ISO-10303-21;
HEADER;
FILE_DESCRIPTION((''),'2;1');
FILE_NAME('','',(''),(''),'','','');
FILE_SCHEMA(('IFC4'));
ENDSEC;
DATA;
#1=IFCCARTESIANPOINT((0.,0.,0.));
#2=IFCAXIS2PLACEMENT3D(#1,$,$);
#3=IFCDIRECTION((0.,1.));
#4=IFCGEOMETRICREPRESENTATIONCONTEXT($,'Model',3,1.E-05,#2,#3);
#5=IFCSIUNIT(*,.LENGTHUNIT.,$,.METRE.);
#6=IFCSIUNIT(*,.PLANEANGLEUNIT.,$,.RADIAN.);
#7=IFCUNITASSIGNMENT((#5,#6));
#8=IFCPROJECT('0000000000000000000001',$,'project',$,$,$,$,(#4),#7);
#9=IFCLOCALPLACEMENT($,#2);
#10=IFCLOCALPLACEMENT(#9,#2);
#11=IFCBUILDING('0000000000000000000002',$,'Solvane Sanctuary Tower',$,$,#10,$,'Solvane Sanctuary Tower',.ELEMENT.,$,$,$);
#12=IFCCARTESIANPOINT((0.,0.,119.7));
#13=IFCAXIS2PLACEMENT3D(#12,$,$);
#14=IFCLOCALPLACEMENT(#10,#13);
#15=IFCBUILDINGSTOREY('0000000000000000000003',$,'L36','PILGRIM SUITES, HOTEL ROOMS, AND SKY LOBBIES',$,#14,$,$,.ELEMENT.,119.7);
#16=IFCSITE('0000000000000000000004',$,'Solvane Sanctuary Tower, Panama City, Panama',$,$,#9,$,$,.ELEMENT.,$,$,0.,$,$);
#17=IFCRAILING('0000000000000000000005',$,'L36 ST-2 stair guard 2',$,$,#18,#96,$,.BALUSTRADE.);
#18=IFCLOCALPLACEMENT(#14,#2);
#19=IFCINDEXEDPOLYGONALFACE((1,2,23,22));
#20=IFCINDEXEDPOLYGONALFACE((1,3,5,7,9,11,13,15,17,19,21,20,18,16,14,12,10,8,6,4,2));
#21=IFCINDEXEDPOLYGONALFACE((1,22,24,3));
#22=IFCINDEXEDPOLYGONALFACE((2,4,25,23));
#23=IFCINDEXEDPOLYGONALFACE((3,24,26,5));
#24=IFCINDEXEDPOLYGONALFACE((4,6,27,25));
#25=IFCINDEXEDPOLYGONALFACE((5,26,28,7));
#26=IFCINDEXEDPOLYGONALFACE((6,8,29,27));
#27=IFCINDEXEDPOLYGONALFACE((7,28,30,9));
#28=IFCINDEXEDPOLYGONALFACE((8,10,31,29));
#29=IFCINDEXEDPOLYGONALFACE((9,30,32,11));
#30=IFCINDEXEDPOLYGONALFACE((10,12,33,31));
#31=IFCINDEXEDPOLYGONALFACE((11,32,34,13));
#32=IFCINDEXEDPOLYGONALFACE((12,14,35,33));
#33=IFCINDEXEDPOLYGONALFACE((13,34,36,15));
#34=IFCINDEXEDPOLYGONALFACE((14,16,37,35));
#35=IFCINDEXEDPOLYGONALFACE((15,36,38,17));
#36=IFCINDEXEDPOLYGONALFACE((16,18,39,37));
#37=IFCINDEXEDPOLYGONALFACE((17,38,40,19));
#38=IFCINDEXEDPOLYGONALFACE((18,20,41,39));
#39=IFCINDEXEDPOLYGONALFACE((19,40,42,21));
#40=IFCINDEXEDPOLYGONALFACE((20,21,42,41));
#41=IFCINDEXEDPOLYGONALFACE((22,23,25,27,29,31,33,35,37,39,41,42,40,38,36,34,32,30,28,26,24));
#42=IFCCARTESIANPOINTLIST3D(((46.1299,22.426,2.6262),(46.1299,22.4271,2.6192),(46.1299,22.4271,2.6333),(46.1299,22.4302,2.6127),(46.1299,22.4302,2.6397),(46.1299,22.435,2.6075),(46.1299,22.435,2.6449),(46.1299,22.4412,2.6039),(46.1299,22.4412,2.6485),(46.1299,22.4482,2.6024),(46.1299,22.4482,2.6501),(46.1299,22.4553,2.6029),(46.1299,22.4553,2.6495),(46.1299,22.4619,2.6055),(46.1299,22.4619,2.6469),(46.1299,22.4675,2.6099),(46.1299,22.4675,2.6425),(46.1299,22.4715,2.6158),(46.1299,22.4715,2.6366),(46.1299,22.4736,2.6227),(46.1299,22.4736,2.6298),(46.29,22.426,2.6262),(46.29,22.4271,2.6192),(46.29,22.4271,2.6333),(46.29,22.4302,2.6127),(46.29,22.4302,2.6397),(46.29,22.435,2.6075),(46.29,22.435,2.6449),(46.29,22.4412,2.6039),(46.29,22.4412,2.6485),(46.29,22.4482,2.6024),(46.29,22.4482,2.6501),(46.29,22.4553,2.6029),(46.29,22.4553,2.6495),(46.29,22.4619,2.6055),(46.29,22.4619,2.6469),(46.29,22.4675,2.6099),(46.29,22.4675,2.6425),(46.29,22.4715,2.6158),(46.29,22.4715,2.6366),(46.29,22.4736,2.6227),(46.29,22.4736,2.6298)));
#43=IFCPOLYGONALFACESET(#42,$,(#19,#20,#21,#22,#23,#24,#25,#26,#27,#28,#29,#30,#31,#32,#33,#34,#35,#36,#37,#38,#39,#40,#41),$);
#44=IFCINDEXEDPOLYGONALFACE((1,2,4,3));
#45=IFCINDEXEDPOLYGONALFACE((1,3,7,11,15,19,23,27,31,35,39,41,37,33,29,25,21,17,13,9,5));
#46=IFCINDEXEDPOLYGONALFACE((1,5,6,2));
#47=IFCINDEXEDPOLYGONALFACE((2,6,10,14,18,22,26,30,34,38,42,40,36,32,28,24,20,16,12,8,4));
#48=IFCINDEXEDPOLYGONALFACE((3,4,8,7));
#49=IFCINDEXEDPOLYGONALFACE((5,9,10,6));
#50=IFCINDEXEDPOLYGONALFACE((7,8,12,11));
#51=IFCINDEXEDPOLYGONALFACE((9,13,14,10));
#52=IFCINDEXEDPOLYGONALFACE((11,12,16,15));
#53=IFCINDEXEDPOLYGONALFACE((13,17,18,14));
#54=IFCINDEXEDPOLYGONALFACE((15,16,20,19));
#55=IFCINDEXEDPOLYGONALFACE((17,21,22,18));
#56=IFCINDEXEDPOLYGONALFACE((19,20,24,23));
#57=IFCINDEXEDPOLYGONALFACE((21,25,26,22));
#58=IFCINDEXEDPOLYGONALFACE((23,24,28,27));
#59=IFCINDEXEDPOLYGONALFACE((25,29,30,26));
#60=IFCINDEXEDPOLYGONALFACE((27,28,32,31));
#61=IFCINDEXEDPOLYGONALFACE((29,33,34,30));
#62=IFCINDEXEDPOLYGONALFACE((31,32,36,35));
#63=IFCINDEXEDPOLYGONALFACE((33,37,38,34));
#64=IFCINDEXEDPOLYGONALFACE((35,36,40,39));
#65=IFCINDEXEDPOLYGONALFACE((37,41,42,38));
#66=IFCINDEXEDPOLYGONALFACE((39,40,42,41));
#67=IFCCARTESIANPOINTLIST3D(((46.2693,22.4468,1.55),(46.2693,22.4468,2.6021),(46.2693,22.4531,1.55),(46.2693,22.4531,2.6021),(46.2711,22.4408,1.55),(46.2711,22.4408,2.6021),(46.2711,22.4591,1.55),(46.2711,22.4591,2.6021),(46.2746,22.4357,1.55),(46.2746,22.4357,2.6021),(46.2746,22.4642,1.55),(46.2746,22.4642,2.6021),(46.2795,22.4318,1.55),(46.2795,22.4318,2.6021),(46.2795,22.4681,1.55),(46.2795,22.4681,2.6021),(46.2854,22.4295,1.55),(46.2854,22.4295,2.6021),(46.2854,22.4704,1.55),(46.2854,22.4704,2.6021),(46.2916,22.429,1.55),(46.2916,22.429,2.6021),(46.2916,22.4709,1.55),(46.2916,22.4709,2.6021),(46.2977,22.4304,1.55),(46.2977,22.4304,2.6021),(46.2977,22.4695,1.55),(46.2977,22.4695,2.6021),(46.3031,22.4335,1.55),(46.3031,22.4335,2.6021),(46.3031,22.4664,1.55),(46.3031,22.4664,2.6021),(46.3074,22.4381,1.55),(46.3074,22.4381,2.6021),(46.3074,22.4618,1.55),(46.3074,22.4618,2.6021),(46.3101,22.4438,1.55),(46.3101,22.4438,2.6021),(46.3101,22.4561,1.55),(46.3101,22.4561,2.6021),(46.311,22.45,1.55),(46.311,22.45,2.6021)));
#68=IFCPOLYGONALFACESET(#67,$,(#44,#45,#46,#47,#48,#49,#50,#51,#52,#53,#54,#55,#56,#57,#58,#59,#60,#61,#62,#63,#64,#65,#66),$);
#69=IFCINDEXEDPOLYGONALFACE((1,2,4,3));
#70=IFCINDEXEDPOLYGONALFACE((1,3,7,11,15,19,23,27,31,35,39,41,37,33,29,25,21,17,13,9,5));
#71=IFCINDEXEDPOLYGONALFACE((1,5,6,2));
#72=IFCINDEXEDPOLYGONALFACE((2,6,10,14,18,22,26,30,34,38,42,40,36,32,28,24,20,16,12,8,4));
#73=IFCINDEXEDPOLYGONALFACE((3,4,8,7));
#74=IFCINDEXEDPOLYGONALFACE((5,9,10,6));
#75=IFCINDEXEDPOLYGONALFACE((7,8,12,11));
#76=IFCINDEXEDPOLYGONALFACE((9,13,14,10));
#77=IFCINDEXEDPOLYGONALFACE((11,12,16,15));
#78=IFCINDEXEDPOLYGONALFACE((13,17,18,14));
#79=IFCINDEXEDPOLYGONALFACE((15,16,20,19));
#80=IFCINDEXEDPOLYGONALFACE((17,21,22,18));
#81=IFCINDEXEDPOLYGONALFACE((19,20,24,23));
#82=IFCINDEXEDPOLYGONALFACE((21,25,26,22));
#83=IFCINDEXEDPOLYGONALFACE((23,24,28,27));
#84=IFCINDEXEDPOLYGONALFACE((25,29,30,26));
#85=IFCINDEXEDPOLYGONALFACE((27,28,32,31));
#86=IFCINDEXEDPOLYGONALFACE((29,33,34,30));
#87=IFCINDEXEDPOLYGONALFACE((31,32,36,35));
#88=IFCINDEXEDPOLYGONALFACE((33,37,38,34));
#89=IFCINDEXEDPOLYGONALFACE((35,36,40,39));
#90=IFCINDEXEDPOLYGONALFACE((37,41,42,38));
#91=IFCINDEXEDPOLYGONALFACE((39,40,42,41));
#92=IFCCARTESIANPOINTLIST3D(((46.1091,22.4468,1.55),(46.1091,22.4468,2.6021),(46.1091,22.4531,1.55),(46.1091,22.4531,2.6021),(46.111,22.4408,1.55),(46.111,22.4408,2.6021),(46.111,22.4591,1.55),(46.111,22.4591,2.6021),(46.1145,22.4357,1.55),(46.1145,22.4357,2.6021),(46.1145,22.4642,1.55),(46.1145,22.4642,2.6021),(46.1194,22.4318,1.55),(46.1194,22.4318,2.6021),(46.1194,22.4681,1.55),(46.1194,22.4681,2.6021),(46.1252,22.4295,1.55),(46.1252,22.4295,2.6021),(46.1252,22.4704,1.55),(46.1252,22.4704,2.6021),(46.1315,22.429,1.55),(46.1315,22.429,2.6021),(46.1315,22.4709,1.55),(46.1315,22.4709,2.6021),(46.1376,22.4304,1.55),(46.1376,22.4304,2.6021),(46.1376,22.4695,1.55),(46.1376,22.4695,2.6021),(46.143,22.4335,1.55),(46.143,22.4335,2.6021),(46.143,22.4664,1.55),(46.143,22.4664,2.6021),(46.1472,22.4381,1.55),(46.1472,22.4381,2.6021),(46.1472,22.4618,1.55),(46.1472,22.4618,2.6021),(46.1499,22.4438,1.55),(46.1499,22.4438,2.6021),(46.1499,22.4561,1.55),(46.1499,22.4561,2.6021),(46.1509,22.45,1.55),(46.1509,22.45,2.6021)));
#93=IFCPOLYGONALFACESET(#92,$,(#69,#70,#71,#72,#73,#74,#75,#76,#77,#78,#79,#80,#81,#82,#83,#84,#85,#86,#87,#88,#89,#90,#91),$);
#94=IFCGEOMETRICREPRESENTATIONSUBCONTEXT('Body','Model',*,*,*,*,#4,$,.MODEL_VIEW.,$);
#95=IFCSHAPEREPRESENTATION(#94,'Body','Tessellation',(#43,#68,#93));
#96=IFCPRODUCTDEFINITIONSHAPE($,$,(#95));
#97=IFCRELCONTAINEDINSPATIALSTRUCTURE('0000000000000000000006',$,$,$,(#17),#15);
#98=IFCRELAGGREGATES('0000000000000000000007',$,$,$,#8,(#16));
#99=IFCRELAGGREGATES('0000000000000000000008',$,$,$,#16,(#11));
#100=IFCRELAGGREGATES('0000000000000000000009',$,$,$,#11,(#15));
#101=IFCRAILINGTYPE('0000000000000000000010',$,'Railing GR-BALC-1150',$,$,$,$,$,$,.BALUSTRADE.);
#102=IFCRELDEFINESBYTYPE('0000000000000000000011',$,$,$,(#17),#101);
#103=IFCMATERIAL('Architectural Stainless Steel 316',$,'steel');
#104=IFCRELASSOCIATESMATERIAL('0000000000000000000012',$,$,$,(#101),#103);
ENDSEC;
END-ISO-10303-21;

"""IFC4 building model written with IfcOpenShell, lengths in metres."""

from ifc_helpers import new_model, si_unit, direction, frame, origin, origin_2d, place, context, subcontext, project, spatial, circle, extrude, material, type_object, element, save


model = new_model("IFC4")

# Units and contexts
model_context = context("Model", 3, precision=1e-05, world=origin(), true_north=direction((0.0, 1.0)))
body_context = subcontext(model_context, "Body", "Model", "MODEL_VIEW")
ifc_project = project(units=[si_unit("LENGTHUNIT", "METRE"), si_unit("PLANEANGLEUNIT", "RADIAN")], contexts=[model_context])

# Site, building, storey
site_placement = place(None, origin())
site = spatial("IfcSite", under=ifc_project, at=site_placement, Name="Solvane Sanctuary Tower, Panama City, Panama", CompositionType="ELEMENT", RefElevation=0.0)
building_placement = place(site_placement, origin())
building = spatial("IfcBuilding", under=site, at=building_placement, Name="Solvane Sanctuary Tower", LongName="Solvane Sanctuary Tower", CompositionType="ELEMENT")
storey_placement = place(building_placement, frame((0.0, 0.0, 119.7)))
storey = spatial("IfcBuildingStorey", under=building, at=storey_placement, Name="L36", Description="PILGRIM SUITES, HOTEL ROOMS, AND SKY LOBBIES", CompositionType="ELEMENT", Elevation=119.7)

# Shared definitions
ifc_material_1 = material(Name="Architectural Stainless Steel 316", Category="steel")

# Railing
railing_type_1 = type_object("IfcRailingType", Name="Railing GR-BALC-1150", PredefinedType="BALUSTRADE", material=ifc_material_1)
railing_1_placement = place(storey_placement, frame((46.29, 22.45, 1.55)))
element("IfcRailing", 1, at=railing_1_placement, inside=storey, type_object=railing_type_1, Name="L36 ST-2 stair guard 2", PredefinedType="BALUSTRADE", context=body_context, shape_type="SweptSolid", body=[
    extrude(circle(Radius=0.0239, at=origin_2d()), frame((0.0, 0.0, 1.0762), z_axis=(-1.0, 0.0, 0.0), x_axis=(0.0, -1.0, 0.0)), (0.0, 0.0, 1.0), 0.1602),
    extrude(circle(Radius=0.021, at=origin_2d()), origin(), (0.0, 0.0, 1.0), 1.052),
    extrude(circle(Radius=0.021, at=origin_2d()), frame((-0.1602, 0.0, 0.0)), (0.0, 0.0, 1.0), 1.052),
])

save(model, "model.ifc")
